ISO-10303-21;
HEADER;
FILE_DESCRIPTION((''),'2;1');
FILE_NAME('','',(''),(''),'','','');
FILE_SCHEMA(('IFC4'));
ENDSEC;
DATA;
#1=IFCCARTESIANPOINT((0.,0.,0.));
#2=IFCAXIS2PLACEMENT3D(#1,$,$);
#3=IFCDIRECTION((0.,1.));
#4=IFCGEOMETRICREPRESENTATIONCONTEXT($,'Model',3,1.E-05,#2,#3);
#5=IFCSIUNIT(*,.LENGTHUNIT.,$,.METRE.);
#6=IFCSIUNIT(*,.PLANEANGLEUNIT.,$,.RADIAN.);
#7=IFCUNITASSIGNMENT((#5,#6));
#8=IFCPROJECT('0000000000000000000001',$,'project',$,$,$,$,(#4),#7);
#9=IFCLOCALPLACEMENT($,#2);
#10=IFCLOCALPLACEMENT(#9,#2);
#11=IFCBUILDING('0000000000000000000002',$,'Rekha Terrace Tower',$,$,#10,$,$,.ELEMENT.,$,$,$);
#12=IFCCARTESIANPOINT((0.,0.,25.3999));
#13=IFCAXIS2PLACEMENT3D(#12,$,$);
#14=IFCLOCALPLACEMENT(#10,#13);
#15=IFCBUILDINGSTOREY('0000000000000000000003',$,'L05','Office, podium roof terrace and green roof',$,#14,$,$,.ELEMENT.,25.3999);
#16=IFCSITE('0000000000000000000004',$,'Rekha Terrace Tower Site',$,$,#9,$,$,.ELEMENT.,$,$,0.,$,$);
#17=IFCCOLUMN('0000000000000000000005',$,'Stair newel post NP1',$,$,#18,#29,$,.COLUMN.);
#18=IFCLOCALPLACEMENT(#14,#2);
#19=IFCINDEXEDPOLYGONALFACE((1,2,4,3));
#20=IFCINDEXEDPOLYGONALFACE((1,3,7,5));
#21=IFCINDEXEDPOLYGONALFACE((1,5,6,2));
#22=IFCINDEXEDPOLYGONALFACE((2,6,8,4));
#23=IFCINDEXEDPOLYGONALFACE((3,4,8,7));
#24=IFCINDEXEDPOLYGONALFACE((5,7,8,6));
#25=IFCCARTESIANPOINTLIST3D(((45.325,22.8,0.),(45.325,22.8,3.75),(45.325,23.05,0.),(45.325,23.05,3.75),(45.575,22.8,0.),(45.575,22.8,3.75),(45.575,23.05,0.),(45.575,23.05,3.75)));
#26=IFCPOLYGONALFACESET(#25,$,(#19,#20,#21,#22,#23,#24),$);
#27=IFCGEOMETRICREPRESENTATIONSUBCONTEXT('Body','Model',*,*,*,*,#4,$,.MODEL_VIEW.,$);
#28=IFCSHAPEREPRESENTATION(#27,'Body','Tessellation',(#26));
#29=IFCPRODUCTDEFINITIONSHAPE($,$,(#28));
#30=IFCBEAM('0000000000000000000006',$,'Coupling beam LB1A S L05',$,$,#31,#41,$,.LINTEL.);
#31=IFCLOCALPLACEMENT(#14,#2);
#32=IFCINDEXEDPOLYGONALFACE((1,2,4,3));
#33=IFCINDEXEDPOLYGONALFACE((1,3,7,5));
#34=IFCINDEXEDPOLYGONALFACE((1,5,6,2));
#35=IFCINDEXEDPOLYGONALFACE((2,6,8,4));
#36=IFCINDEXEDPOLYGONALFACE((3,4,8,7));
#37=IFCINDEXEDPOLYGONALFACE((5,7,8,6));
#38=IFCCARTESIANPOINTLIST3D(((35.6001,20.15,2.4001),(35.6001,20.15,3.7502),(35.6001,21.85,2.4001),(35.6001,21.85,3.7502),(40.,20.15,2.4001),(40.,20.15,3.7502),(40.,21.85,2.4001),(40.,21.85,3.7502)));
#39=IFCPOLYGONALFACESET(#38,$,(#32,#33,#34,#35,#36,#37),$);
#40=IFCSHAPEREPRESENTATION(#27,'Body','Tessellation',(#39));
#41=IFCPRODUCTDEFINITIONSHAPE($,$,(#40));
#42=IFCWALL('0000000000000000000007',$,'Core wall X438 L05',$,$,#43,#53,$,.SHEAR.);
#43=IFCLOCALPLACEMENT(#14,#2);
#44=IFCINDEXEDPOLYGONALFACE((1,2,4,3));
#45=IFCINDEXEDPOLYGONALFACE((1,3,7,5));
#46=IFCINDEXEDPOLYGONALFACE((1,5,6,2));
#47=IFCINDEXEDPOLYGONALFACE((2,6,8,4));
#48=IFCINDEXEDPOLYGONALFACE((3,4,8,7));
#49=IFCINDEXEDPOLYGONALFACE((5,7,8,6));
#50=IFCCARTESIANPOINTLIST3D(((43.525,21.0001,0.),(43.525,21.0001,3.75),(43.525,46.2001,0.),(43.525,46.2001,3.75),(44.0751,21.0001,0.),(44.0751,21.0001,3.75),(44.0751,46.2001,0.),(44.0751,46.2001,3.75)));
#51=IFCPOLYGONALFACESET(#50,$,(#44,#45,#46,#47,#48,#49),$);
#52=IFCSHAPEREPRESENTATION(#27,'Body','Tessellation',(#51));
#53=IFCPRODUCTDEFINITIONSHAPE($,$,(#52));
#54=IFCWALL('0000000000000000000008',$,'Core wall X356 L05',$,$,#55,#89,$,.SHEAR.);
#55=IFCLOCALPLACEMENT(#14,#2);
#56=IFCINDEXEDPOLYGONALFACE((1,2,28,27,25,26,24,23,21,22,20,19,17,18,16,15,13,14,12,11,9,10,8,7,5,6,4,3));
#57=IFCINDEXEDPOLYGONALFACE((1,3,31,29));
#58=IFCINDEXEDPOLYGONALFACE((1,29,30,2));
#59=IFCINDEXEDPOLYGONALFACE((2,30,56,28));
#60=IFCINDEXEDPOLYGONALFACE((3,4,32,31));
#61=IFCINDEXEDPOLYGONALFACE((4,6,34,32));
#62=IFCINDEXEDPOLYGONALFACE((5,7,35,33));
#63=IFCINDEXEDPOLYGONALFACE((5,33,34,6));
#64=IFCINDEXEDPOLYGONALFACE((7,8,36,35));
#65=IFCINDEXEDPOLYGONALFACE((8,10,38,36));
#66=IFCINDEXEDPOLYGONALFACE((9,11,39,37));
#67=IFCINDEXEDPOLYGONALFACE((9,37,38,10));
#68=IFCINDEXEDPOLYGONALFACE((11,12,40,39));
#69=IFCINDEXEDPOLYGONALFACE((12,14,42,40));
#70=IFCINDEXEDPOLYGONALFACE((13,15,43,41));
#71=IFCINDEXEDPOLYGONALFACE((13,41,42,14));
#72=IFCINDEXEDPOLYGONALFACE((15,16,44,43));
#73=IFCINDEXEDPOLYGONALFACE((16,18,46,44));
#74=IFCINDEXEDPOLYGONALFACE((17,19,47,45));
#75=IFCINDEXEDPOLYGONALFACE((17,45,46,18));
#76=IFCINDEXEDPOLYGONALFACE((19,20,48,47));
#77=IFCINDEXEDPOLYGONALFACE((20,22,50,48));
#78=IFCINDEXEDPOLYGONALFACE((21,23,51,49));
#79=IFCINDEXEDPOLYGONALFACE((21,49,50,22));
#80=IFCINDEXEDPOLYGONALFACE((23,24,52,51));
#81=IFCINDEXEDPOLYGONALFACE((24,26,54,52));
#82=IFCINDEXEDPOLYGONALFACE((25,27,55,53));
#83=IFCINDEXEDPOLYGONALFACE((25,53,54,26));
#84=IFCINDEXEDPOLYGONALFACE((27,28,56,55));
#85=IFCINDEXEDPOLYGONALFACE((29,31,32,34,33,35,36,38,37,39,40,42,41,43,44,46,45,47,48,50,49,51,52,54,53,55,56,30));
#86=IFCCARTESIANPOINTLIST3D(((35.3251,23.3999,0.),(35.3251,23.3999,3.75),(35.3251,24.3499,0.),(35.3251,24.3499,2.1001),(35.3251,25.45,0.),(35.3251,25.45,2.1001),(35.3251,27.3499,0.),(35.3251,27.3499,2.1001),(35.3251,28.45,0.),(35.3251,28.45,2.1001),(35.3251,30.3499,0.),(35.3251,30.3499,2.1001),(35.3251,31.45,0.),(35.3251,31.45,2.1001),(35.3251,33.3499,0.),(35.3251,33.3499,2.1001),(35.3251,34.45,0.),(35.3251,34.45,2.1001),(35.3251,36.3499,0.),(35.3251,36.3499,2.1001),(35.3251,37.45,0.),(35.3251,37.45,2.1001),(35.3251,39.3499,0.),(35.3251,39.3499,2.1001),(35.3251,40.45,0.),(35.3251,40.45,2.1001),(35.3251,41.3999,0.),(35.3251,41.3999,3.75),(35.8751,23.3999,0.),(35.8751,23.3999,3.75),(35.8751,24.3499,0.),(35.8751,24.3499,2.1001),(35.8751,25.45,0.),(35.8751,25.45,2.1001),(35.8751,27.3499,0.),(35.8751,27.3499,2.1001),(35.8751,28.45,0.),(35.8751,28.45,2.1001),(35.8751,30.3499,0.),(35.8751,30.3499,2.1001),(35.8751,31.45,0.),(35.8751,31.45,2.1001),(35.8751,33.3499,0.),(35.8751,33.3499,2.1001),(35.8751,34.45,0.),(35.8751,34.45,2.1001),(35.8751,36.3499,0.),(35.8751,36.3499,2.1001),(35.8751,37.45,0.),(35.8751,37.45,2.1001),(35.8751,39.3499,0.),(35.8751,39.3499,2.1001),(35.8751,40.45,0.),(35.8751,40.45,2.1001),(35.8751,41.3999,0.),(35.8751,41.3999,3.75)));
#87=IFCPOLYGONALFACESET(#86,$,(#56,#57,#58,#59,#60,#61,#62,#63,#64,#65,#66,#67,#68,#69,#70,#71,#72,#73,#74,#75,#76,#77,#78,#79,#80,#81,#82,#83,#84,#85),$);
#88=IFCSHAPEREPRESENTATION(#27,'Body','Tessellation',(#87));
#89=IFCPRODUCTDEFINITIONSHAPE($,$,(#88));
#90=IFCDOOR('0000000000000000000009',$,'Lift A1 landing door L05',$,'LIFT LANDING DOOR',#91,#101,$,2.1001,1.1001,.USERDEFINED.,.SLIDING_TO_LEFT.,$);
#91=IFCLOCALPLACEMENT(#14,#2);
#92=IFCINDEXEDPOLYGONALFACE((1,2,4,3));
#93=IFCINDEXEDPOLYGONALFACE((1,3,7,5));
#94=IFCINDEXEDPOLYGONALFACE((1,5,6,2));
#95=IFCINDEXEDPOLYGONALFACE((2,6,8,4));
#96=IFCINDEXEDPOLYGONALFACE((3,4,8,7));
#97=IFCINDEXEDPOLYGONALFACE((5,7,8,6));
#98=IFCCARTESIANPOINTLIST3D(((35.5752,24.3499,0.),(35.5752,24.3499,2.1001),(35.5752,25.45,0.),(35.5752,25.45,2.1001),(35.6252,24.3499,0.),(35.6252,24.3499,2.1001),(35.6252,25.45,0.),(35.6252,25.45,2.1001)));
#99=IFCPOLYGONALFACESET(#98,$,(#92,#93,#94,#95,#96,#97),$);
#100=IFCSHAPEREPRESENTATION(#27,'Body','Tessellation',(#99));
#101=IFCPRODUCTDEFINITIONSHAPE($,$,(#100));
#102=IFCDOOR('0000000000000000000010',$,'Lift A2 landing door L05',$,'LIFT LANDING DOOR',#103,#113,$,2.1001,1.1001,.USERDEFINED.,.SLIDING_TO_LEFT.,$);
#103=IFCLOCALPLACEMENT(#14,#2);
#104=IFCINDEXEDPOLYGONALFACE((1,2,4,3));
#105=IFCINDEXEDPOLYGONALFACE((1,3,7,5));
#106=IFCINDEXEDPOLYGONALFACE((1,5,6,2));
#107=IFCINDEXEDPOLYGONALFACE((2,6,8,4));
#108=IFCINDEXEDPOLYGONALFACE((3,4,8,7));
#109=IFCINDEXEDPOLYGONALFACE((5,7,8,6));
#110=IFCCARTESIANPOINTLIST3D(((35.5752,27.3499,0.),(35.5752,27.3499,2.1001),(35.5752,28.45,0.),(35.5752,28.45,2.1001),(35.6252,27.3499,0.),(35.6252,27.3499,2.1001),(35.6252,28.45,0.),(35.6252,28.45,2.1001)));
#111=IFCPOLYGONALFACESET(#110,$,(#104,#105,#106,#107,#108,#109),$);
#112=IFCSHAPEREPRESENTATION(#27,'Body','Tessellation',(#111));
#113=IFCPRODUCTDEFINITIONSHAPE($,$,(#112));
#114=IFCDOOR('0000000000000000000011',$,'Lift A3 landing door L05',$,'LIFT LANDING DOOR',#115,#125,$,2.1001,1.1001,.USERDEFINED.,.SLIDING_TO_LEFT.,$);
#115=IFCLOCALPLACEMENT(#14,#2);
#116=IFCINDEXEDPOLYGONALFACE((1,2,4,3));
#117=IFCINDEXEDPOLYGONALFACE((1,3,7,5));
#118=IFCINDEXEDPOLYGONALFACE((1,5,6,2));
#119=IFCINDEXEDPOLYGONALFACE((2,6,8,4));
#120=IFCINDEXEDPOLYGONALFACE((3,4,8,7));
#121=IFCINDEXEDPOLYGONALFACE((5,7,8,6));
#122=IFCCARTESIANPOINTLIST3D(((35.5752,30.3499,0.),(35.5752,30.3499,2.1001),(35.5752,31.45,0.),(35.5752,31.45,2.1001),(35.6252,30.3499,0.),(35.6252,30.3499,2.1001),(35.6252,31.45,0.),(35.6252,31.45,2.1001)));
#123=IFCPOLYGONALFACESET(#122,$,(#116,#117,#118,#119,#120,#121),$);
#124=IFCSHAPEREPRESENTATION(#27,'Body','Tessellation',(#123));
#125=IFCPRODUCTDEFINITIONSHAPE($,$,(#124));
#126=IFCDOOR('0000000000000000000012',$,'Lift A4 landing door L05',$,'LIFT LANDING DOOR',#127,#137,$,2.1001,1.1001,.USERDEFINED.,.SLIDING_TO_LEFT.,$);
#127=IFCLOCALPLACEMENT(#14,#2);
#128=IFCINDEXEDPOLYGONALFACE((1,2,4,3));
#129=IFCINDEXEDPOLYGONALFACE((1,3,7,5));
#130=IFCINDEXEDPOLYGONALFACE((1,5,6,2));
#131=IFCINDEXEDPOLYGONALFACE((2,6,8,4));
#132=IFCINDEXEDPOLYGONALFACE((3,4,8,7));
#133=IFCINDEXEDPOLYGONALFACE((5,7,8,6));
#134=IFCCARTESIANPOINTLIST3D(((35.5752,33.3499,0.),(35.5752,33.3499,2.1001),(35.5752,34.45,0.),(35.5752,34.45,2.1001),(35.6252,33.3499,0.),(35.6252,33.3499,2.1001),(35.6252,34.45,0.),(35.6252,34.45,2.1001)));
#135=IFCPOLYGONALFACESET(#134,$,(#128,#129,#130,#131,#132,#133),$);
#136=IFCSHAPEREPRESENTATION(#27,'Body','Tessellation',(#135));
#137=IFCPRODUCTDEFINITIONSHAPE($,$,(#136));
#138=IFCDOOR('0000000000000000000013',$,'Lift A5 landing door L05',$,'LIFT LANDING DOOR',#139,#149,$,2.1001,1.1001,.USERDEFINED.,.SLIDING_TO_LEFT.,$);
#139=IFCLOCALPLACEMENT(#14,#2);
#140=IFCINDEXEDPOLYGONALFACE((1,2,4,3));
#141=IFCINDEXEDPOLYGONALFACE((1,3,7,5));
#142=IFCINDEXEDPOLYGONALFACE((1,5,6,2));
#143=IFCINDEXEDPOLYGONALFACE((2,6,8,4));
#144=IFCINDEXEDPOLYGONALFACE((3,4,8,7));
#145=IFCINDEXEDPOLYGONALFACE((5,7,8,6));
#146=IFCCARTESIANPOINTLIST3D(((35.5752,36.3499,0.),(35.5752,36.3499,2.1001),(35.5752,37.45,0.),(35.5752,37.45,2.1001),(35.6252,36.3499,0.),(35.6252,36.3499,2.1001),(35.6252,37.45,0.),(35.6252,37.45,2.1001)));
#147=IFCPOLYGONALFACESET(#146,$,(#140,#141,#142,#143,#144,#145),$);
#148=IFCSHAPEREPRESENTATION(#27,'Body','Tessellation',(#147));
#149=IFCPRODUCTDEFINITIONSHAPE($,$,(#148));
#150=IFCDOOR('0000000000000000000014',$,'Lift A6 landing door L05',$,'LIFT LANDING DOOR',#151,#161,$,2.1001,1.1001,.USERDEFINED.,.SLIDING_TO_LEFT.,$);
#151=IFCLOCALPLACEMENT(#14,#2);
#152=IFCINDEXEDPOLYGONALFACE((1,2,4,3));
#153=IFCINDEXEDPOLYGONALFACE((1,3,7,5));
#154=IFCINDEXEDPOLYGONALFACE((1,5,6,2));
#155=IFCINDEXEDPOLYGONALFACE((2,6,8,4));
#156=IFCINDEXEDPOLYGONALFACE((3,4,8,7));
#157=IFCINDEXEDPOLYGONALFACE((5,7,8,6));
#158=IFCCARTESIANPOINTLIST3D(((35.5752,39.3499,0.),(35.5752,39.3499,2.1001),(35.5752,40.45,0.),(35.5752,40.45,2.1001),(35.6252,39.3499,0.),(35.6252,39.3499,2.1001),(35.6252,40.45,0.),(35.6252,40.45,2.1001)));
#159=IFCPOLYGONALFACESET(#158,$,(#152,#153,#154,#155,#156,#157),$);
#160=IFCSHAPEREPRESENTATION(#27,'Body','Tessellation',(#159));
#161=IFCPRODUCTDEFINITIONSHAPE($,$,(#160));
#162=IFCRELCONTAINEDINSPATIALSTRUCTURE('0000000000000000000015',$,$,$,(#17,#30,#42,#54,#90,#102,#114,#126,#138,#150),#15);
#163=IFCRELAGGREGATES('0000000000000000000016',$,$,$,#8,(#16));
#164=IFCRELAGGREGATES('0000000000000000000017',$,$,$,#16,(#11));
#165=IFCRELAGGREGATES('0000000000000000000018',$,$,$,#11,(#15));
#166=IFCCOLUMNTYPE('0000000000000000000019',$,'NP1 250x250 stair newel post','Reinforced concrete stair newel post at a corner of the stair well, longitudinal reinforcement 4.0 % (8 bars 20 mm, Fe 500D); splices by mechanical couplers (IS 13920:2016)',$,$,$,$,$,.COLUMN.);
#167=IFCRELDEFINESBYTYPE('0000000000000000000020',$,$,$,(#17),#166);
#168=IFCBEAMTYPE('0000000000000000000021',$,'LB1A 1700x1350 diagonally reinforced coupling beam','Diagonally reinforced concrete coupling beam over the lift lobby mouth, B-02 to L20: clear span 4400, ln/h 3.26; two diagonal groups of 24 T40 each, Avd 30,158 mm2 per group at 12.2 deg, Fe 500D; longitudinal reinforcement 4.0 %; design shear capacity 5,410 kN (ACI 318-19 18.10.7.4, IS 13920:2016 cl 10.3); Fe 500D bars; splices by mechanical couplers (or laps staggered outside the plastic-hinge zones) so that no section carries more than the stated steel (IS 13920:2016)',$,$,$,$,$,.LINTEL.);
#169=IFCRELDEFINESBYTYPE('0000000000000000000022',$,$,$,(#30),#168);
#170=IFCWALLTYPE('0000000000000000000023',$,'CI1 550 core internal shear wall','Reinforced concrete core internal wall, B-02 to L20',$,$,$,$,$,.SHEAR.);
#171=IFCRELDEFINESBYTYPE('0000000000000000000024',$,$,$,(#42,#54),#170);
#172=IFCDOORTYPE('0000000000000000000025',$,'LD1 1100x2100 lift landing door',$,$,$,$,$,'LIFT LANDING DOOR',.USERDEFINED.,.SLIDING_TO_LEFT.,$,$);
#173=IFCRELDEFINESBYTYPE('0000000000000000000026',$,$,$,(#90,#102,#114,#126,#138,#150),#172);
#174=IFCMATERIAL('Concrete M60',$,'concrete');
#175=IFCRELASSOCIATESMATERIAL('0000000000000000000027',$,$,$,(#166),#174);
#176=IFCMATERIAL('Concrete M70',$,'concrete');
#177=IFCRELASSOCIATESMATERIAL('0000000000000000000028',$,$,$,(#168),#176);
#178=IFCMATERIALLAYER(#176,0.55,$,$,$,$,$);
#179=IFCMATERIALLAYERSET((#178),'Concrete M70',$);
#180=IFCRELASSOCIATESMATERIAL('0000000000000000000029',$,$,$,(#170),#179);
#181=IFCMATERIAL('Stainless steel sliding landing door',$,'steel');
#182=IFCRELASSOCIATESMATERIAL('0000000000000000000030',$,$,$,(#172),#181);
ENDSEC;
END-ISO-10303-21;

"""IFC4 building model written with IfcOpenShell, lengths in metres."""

from ifc_helpers import new_model, si_unit, direction, frame, frame_2d, origin, origin_2d, place, context, subcontext, project, spatial, rectangle, extrude, material, layer, layer_set, material_profile, profile_set, type_object, element, fill, save


model = new_model("IFC4")

# Units and contexts
model_context = context("Model", 3, precision=1e-05, world=origin(), true_north=direction((0.0, 1.0)))
body_context = subcontext(model_context, "Body", "Model", "MODEL_VIEW")
ifc_project = project(units=[si_unit("LENGTHUNIT", "METRE"), si_unit("PLANEANGLEUNIT", "RADIAN")], contexts=[model_context])

# Site, building, storey
site_placement = place(None, origin())
site = spatial("IfcSite", under=ifc_project, at=site_placement, Name="Rekha Terrace Tower Site", CompositionType="ELEMENT", RefElevation=0.0)
building_placement = place(site_placement, origin())
building = spatial("IfcBuilding", under=site, at=building_placement, Name="Rekha Terrace Tower", CompositionType="ELEMENT")
storey_placement = place(building_placement, frame((0.0, 0.0, 25.3999)))
storey = spatial("IfcBuildingStorey", under=building, at=storey_placement, Name="L05", Description="Office, podium roof terrace and green roof", CompositionType="ELEMENT", Elevation=25.3999)

# Column
ifc_material_1 = material(Name="Concrete M60", Category="concrete")
ifc_material_profile_1 = material_profile(ifc_material_1, rectangle(XDim=0.25, YDim=0.25, at=origin_2d()), Name="RC 250x250")
ifc_profile_set_1 = profile_set([ifc_material_profile_1], Name="Concrete M60")
column_type = type_object("IfcColumnType", Name="NP1 250x250 stair newel post", Description="Reinforced concrete stair newel post at a corner of the stair well, longitudinal reinforcement 4.0 % (8 bars 20 mm, Fe 500D); splices by mechanical couplers (IS 13920:2016)", PredefinedType="COLUMN", material=ifc_profile_set_1)
column_placement = place(storey_placement, frame((45.45, 22.925, 0.0), z_axis=(0.0, 0.0, 1.0), x_axis=(1.0, 0.0, 0.0)))
element("IfcColumn", 1, at=column_placement, inside=storey, type_object=column_type, Name="Stair newel post NP1", PredefinedType="COLUMN", context=body_context, shape_type="SweptSolid", body=[
    extrude(rectangle(XDim=0.25, YDim=0.25, at=origin_2d()), origin(), (0.0, 0.0, 1.0), 3.75),
])

# Beam
ifc_material_2 = material(Name="Concrete M70", Category="concrete")
ifc_material_profile_2 = material_profile(ifc_material_2, rectangle(XDim=1.7, YDim=1.3501, at=origin_2d()), Name="RC 1700x1350")
ifc_profile_set_2 = profile_set([ifc_material_profile_2], Name="Concrete M70")
beam_type = type_object("IfcBeamType", Name="LB1A 1700x1350 diagonally reinforced coupling beam", Description="Diagonally reinforced concrete coupling beam over the lift lobby mouth, B-02 to L20: clear span 4400, ln/h 3.26; two diagonal groups of 24 T40 each, Avd 30,158 mm2 per group at 12.2 deg, Fe 500D; longitudinal reinforcement 4.0 %; design shear capacity 5,410 kN (ACI 318-19 18.10.7.4, IS 13920:2016 cl 10.3); Fe 500D bars; splices by mechanical couplers (or laps staggered outside the plastic-hinge zones) so that no section carries more than the stated steel (IS 13920:2016)", PredefinedType="LINTEL", material=ifc_profile_set_2)
beam_placement = place(storey_placement, frame((35.6001, 21.0, 3.0752), z_axis=(1.0, 0.0, 0.0), x_axis=(0.0, 1.0, 0.0)))
element("IfcBeam", 2, at=beam_placement, inside=storey, type_object=beam_type, Name="Coupling beam LB1A S L05", PredefinedType="LINTEL", context=body_context, shape_type="SweptSolid", body=[
    extrude(rectangle(XDim=1.7, YDim=1.3501, at=origin_2d()), origin(), (0.0, 0.0, 1.0), 4.3999),
])

# Wall
ifc_layer_1 = layer(ifc_material_2, 0.55)
ifc_layer_set_1 = layer_set([ifc_layer_1], Name="Concrete M70")
wall_type_1 = type_object("IfcWallType", Name="CI1 550 core internal shear wall", Description="Reinforced concrete core internal wall, B-02 to L20", PredefinedType="SHEAR", material=ifc_layer_set_1)
wall_1_placement = place(storey_placement, frame((43.8, 21.0, 0.0), z_axis=(0.0, 0.0, 1.0), x_axis=(0.0, 1.0, 0.0)))
element("IfcWall", 3, at=wall_1_placement, inside=storey, type_object=wall_type_1, Name="Core wall X438 L05", PredefinedType="SHEAR", context=body_context, shape_type="SweptSolid", body=[
    extrude(rectangle(XDim=25.2, YDim=0.55, at=frame_2d((12.6001, 0.0))), origin(), (0.0, 0.0, 1.0), 3.75),
])

# Wall, openings, doors
wall_2_placement = place(storey_placement, frame((35.6001, 23.3999, 0.0), z_axis=(0.0, 0.0, 1.0), x_axis=(0.0, 1.0, 0.0)))
wall_2 = element("IfcWall", 4, at=wall_2_placement, inside=storey, type_object=wall_type_1, Name="Core wall X356 L05", PredefinedType="SHEAR", context=body_context, shape_type="SweptSolid", body=[
    extrude(rectangle(XDim=18.0, YDim=0.55, at=frame_2d((9.0, 0.0))), origin(), (0.0, 0.0, 1.0), 3.75),
])
opening_1_placement = place(wall_2_placement, frame((0.95, 0.0, 0.0)))
opening_1 = element("IfcOpeningElement", 5, at=opening_1_placement, cuts=wall_2, PredefinedType="OPENING", context=body_context, shape_type="SweptSolid", body=[
    extrude(rectangle(XDim=1.1001, YDim=2.1001, at=frame_2d((0.55, 1.05))), frame((0.0, 0.2849, 0.0), z_axis=(0.0, -1.0, 0.0), x_axis=(1.0, 0.0, 0.0)), (0.0, 0.0, 1.0), 0.5701),
])
opening_2_placement = place(wall_2_placement, frame((3.95, 0.0, 0.0)))
opening_2 = element("IfcOpeningElement", 6, at=opening_2_placement, cuts=wall_2, PredefinedType="OPENING", context=body_context, shape_type="SweptSolid", body=[
    extrude(rectangle(XDim=1.1001, YDim=2.1001, at=frame_2d((0.55, 1.05))), frame((0.0, 0.2849, 0.0), z_axis=(0.0, -1.0, 0.0), x_axis=(1.0, 0.0, 0.0)), (0.0, 0.0, 1.0), 0.5701),
])
opening_3_placement = place(wall_2_placement, frame((6.95, 0.0, 0.0)))
opening_3 = element("IfcOpeningElement", 7, at=opening_3_placement, cuts=wall_2, PredefinedType="OPENING", context=body_context, shape_type="SweptSolid", body=[
    extrude(rectangle(XDim=1.1001, YDim=2.1001, at=frame_2d((0.55, 1.05))), frame((0.0, 0.2849, 0.0), z_axis=(0.0, -1.0, 0.0), x_axis=(1.0, 0.0, 0.0)), (0.0, 0.0, 1.0), 0.5701),
])
opening_4_placement = place(wall_2_placement, frame((9.95, 0.0, 0.0)))
opening_4 = element("IfcOpeningElement", 8, at=opening_4_placement, cuts=wall_2, PredefinedType="OPENING", context=body_context, shape_type="SweptSolid", body=[
    extrude(rectangle(XDim=1.1001, YDim=2.1001, at=frame_2d((0.55, 1.05))), frame((0.0, 0.2849, 0.0), z_axis=(0.0, -1.0, 0.0), x_axis=(1.0, 0.0, 0.0)), (0.0, 0.0, 1.0), 0.5701),
])
opening_5_placement = place(wall_2_placement, frame((12.95, 0.0, 0.0)))
opening_5 = element("IfcOpeningElement", 9, at=opening_5_placement, cuts=wall_2, PredefinedType="OPENING", context=body_context, shape_type="SweptSolid", body=[
    extrude(rectangle(XDim=1.1001, YDim=2.1001, at=frame_2d((0.55, 1.05))), frame((0.0, 0.2849, 0.0), z_axis=(0.0, -1.0, 0.0), x_axis=(1.0, 0.0, 0.0)), (0.0, 0.0, 1.0), 0.5701),
])
opening_6_placement = place(wall_2_placement, frame((15.95, 0.0, 0.0)))
opening_6 = element("IfcOpeningElement", 10, at=opening_6_placement, cuts=wall_2, PredefinedType="OPENING", context=body_context, shape_type="SweptSolid", body=[
    extrude(rectangle(XDim=1.1001, YDim=2.1001, at=frame_2d((0.55, 1.05))), frame((0.0, 0.2849, 0.0), z_axis=(0.0, -1.0, 0.0), x_axis=(1.0, 0.0, 0.0)), (0.0, 0.0, 1.0), 0.5701),
])
ifc_material_3 = material(Name="Stainless steel sliding landing door", Category="steel")
door_type_1 = type_object("IfcDoorType", Name="LD1 1100x2100 lift landing door", ElementType="LIFT LANDING DOOR", OperationType="SLIDING_TO_LEFT", PredefinedType="USERDEFINED", material=ifc_material_3)
door_1_placement = place(opening_1_placement, origin())
door_1 = element("IfcDoor", 11, at=door_1_placement, inside=storey, type_object=door_type_1, Name="Lift A1 landing door L05", ObjectType="LIFT LANDING DOOR", OperationType="SLIDING_TO_LEFT", OverallHeight=2.1001, OverallWidth=1.1001, PredefinedType="USERDEFINED", context=body_context, shape_type="SweptSolid", body=[
    extrude(rectangle(XDim=1.1001, YDim=2.1001, at=frame_2d((0.55, 1.05))), frame((0.0, 0.0249, 0.0), z_axis=(0.0, -1.0, 0.0), x_axis=(1.0, 0.0, 0.0)), (0.0, 0.0, 1.0), 0.05),
])
fill(opening_1, door_1)
door_2_placement = place(opening_2_placement, origin())
door_2 = element("IfcDoor", 12, at=door_2_placement, inside=storey, type_object=door_type_1, Name="Lift A2 landing door L05", ObjectType="LIFT LANDING DOOR", OperationType="SLIDING_TO_LEFT", OverallHeight=2.1001, OverallWidth=1.1001, PredefinedType="USERDEFINED", context=body_context, shape_type="SweptSolid", body=[
    extrude(rectangle(XDim=1.1001, YDim=2.1001, at=frame_2d((0.55, 1.05))), frame((0.0, 0.0249, 0.0), z_axis=(0.0, -1.0, 0.0), x_axis=(1.0, 0.0, 0.0)), (0.0, 0.0, 1.0), 0.05),
])
fill(opening_2, door_2)
door_3_placement = place(opening_3_placement, origin())
door_3 = element("IfcDoor", 13, at=door_3_placement, inside=storey, type_object=door_type_1, Name="Lift A3 landing door L05", ObjectType="LIFT LANDING DOOR", OperationType="SLIDING_TO_LEFT", OverallHeight=2.1001, OverallWidth=1.1001, PredefinedType="USERDEFINED", context=body_context, shape_type="SweptSolid", body=[
    extrude(rectangle(XDim=1.1001, YDim=2.1001, at=frame_2d((0.55, 1.05))), frame((0.0, 0.0249, 0.0), z_axis=(0.0, -1.0, 0.0), x_axis=(1.0, 0.0, 0.0)), (0.0, 0.0, 1.0), 0.05),
])
fill(opening_3, door_3)
door_4_placement = place(opening_4_placement, origin())
door_4 = element("IfcDoor", 14, at=door_4_placement, inside=storey, type_object=door_type_1, Name="Lift A4 landing door L05", ObjectType="LIFT LANDING DOOR", OperationType="SLIDING_TO_LEFT", OverallHeight=2.1001, OverallWidth=1.1001, PredefinedType="USERDEFINED", context=body_context, shape_type="SweptSolid", body=[
    extrude(rectangle(XDim=1.1001, YDim=2.1001, at=frame_2d((0.55, 1.05))), frame((0.0, 0.0249, 0.0), z_axis=(0.0, -1.0, 0.0), x_axis=(1.0, 0.0, 0.0)), (0.0, 0.0, 1.0), 0.05),
])
fill(opening_4, door_4)
door_5_placement = place(opening_5_placement, origin())
door_5 = element("IfcDoor", 15, at=door_5_placement, inside=storey, type_object=door_type_1, Name="Lift A5 landing door L05", ObjectType="LIFT LANDING DOOR", OperationType="SLIDING_TO_LEFT", OverallHeight=2.1001, OverallWidth=1.1001, PredefinedType="USERDEFINED", context=body_context, shape_type="SweptSolid", body=[
    extrude(rectangle(XDim=1.1001, YDim=2.1001, at=frame_2d((0.55, 1.05))), frame((0.0, 0.0249, 0.0), z_axis=(0.0, -1.0, 0.0), x_axis=(1.0, 0.0, 0.0)), (0.0, 0.0, 1.0), 0.05),
])
fill(opening_5, door_5)
door_6_placement = place(opening_6_placement, origin())
door_6 = element("IfcDoor", 16, at=door_6_placement, inside=storey, type_object=door_type_1, Name="Lift A6 landing door L05", ObjectType="LIFT LANDING DOOR", OperationType="SLIDING_TO_LEFT", OverallHeight=2.1001, OverallWidth=1.1001, PredefinedType="USERDEFINED", context=body_context, shape_type="SweptSolid", body=[
    extrude(rectangle(XDim=1.1001, YDim=2.1001, at=frame_2d((0.55, 1.05))), frame((0.0, 0.0249, 0.0), z_axis=(0.0, -1.0, 0.0), x_axis=(1.0, 0.0, 0.0)), (0.0, 0.0, 1.0), 0.05),
])
fill(opening_6, door_6)

save(model, "model.ifc")
